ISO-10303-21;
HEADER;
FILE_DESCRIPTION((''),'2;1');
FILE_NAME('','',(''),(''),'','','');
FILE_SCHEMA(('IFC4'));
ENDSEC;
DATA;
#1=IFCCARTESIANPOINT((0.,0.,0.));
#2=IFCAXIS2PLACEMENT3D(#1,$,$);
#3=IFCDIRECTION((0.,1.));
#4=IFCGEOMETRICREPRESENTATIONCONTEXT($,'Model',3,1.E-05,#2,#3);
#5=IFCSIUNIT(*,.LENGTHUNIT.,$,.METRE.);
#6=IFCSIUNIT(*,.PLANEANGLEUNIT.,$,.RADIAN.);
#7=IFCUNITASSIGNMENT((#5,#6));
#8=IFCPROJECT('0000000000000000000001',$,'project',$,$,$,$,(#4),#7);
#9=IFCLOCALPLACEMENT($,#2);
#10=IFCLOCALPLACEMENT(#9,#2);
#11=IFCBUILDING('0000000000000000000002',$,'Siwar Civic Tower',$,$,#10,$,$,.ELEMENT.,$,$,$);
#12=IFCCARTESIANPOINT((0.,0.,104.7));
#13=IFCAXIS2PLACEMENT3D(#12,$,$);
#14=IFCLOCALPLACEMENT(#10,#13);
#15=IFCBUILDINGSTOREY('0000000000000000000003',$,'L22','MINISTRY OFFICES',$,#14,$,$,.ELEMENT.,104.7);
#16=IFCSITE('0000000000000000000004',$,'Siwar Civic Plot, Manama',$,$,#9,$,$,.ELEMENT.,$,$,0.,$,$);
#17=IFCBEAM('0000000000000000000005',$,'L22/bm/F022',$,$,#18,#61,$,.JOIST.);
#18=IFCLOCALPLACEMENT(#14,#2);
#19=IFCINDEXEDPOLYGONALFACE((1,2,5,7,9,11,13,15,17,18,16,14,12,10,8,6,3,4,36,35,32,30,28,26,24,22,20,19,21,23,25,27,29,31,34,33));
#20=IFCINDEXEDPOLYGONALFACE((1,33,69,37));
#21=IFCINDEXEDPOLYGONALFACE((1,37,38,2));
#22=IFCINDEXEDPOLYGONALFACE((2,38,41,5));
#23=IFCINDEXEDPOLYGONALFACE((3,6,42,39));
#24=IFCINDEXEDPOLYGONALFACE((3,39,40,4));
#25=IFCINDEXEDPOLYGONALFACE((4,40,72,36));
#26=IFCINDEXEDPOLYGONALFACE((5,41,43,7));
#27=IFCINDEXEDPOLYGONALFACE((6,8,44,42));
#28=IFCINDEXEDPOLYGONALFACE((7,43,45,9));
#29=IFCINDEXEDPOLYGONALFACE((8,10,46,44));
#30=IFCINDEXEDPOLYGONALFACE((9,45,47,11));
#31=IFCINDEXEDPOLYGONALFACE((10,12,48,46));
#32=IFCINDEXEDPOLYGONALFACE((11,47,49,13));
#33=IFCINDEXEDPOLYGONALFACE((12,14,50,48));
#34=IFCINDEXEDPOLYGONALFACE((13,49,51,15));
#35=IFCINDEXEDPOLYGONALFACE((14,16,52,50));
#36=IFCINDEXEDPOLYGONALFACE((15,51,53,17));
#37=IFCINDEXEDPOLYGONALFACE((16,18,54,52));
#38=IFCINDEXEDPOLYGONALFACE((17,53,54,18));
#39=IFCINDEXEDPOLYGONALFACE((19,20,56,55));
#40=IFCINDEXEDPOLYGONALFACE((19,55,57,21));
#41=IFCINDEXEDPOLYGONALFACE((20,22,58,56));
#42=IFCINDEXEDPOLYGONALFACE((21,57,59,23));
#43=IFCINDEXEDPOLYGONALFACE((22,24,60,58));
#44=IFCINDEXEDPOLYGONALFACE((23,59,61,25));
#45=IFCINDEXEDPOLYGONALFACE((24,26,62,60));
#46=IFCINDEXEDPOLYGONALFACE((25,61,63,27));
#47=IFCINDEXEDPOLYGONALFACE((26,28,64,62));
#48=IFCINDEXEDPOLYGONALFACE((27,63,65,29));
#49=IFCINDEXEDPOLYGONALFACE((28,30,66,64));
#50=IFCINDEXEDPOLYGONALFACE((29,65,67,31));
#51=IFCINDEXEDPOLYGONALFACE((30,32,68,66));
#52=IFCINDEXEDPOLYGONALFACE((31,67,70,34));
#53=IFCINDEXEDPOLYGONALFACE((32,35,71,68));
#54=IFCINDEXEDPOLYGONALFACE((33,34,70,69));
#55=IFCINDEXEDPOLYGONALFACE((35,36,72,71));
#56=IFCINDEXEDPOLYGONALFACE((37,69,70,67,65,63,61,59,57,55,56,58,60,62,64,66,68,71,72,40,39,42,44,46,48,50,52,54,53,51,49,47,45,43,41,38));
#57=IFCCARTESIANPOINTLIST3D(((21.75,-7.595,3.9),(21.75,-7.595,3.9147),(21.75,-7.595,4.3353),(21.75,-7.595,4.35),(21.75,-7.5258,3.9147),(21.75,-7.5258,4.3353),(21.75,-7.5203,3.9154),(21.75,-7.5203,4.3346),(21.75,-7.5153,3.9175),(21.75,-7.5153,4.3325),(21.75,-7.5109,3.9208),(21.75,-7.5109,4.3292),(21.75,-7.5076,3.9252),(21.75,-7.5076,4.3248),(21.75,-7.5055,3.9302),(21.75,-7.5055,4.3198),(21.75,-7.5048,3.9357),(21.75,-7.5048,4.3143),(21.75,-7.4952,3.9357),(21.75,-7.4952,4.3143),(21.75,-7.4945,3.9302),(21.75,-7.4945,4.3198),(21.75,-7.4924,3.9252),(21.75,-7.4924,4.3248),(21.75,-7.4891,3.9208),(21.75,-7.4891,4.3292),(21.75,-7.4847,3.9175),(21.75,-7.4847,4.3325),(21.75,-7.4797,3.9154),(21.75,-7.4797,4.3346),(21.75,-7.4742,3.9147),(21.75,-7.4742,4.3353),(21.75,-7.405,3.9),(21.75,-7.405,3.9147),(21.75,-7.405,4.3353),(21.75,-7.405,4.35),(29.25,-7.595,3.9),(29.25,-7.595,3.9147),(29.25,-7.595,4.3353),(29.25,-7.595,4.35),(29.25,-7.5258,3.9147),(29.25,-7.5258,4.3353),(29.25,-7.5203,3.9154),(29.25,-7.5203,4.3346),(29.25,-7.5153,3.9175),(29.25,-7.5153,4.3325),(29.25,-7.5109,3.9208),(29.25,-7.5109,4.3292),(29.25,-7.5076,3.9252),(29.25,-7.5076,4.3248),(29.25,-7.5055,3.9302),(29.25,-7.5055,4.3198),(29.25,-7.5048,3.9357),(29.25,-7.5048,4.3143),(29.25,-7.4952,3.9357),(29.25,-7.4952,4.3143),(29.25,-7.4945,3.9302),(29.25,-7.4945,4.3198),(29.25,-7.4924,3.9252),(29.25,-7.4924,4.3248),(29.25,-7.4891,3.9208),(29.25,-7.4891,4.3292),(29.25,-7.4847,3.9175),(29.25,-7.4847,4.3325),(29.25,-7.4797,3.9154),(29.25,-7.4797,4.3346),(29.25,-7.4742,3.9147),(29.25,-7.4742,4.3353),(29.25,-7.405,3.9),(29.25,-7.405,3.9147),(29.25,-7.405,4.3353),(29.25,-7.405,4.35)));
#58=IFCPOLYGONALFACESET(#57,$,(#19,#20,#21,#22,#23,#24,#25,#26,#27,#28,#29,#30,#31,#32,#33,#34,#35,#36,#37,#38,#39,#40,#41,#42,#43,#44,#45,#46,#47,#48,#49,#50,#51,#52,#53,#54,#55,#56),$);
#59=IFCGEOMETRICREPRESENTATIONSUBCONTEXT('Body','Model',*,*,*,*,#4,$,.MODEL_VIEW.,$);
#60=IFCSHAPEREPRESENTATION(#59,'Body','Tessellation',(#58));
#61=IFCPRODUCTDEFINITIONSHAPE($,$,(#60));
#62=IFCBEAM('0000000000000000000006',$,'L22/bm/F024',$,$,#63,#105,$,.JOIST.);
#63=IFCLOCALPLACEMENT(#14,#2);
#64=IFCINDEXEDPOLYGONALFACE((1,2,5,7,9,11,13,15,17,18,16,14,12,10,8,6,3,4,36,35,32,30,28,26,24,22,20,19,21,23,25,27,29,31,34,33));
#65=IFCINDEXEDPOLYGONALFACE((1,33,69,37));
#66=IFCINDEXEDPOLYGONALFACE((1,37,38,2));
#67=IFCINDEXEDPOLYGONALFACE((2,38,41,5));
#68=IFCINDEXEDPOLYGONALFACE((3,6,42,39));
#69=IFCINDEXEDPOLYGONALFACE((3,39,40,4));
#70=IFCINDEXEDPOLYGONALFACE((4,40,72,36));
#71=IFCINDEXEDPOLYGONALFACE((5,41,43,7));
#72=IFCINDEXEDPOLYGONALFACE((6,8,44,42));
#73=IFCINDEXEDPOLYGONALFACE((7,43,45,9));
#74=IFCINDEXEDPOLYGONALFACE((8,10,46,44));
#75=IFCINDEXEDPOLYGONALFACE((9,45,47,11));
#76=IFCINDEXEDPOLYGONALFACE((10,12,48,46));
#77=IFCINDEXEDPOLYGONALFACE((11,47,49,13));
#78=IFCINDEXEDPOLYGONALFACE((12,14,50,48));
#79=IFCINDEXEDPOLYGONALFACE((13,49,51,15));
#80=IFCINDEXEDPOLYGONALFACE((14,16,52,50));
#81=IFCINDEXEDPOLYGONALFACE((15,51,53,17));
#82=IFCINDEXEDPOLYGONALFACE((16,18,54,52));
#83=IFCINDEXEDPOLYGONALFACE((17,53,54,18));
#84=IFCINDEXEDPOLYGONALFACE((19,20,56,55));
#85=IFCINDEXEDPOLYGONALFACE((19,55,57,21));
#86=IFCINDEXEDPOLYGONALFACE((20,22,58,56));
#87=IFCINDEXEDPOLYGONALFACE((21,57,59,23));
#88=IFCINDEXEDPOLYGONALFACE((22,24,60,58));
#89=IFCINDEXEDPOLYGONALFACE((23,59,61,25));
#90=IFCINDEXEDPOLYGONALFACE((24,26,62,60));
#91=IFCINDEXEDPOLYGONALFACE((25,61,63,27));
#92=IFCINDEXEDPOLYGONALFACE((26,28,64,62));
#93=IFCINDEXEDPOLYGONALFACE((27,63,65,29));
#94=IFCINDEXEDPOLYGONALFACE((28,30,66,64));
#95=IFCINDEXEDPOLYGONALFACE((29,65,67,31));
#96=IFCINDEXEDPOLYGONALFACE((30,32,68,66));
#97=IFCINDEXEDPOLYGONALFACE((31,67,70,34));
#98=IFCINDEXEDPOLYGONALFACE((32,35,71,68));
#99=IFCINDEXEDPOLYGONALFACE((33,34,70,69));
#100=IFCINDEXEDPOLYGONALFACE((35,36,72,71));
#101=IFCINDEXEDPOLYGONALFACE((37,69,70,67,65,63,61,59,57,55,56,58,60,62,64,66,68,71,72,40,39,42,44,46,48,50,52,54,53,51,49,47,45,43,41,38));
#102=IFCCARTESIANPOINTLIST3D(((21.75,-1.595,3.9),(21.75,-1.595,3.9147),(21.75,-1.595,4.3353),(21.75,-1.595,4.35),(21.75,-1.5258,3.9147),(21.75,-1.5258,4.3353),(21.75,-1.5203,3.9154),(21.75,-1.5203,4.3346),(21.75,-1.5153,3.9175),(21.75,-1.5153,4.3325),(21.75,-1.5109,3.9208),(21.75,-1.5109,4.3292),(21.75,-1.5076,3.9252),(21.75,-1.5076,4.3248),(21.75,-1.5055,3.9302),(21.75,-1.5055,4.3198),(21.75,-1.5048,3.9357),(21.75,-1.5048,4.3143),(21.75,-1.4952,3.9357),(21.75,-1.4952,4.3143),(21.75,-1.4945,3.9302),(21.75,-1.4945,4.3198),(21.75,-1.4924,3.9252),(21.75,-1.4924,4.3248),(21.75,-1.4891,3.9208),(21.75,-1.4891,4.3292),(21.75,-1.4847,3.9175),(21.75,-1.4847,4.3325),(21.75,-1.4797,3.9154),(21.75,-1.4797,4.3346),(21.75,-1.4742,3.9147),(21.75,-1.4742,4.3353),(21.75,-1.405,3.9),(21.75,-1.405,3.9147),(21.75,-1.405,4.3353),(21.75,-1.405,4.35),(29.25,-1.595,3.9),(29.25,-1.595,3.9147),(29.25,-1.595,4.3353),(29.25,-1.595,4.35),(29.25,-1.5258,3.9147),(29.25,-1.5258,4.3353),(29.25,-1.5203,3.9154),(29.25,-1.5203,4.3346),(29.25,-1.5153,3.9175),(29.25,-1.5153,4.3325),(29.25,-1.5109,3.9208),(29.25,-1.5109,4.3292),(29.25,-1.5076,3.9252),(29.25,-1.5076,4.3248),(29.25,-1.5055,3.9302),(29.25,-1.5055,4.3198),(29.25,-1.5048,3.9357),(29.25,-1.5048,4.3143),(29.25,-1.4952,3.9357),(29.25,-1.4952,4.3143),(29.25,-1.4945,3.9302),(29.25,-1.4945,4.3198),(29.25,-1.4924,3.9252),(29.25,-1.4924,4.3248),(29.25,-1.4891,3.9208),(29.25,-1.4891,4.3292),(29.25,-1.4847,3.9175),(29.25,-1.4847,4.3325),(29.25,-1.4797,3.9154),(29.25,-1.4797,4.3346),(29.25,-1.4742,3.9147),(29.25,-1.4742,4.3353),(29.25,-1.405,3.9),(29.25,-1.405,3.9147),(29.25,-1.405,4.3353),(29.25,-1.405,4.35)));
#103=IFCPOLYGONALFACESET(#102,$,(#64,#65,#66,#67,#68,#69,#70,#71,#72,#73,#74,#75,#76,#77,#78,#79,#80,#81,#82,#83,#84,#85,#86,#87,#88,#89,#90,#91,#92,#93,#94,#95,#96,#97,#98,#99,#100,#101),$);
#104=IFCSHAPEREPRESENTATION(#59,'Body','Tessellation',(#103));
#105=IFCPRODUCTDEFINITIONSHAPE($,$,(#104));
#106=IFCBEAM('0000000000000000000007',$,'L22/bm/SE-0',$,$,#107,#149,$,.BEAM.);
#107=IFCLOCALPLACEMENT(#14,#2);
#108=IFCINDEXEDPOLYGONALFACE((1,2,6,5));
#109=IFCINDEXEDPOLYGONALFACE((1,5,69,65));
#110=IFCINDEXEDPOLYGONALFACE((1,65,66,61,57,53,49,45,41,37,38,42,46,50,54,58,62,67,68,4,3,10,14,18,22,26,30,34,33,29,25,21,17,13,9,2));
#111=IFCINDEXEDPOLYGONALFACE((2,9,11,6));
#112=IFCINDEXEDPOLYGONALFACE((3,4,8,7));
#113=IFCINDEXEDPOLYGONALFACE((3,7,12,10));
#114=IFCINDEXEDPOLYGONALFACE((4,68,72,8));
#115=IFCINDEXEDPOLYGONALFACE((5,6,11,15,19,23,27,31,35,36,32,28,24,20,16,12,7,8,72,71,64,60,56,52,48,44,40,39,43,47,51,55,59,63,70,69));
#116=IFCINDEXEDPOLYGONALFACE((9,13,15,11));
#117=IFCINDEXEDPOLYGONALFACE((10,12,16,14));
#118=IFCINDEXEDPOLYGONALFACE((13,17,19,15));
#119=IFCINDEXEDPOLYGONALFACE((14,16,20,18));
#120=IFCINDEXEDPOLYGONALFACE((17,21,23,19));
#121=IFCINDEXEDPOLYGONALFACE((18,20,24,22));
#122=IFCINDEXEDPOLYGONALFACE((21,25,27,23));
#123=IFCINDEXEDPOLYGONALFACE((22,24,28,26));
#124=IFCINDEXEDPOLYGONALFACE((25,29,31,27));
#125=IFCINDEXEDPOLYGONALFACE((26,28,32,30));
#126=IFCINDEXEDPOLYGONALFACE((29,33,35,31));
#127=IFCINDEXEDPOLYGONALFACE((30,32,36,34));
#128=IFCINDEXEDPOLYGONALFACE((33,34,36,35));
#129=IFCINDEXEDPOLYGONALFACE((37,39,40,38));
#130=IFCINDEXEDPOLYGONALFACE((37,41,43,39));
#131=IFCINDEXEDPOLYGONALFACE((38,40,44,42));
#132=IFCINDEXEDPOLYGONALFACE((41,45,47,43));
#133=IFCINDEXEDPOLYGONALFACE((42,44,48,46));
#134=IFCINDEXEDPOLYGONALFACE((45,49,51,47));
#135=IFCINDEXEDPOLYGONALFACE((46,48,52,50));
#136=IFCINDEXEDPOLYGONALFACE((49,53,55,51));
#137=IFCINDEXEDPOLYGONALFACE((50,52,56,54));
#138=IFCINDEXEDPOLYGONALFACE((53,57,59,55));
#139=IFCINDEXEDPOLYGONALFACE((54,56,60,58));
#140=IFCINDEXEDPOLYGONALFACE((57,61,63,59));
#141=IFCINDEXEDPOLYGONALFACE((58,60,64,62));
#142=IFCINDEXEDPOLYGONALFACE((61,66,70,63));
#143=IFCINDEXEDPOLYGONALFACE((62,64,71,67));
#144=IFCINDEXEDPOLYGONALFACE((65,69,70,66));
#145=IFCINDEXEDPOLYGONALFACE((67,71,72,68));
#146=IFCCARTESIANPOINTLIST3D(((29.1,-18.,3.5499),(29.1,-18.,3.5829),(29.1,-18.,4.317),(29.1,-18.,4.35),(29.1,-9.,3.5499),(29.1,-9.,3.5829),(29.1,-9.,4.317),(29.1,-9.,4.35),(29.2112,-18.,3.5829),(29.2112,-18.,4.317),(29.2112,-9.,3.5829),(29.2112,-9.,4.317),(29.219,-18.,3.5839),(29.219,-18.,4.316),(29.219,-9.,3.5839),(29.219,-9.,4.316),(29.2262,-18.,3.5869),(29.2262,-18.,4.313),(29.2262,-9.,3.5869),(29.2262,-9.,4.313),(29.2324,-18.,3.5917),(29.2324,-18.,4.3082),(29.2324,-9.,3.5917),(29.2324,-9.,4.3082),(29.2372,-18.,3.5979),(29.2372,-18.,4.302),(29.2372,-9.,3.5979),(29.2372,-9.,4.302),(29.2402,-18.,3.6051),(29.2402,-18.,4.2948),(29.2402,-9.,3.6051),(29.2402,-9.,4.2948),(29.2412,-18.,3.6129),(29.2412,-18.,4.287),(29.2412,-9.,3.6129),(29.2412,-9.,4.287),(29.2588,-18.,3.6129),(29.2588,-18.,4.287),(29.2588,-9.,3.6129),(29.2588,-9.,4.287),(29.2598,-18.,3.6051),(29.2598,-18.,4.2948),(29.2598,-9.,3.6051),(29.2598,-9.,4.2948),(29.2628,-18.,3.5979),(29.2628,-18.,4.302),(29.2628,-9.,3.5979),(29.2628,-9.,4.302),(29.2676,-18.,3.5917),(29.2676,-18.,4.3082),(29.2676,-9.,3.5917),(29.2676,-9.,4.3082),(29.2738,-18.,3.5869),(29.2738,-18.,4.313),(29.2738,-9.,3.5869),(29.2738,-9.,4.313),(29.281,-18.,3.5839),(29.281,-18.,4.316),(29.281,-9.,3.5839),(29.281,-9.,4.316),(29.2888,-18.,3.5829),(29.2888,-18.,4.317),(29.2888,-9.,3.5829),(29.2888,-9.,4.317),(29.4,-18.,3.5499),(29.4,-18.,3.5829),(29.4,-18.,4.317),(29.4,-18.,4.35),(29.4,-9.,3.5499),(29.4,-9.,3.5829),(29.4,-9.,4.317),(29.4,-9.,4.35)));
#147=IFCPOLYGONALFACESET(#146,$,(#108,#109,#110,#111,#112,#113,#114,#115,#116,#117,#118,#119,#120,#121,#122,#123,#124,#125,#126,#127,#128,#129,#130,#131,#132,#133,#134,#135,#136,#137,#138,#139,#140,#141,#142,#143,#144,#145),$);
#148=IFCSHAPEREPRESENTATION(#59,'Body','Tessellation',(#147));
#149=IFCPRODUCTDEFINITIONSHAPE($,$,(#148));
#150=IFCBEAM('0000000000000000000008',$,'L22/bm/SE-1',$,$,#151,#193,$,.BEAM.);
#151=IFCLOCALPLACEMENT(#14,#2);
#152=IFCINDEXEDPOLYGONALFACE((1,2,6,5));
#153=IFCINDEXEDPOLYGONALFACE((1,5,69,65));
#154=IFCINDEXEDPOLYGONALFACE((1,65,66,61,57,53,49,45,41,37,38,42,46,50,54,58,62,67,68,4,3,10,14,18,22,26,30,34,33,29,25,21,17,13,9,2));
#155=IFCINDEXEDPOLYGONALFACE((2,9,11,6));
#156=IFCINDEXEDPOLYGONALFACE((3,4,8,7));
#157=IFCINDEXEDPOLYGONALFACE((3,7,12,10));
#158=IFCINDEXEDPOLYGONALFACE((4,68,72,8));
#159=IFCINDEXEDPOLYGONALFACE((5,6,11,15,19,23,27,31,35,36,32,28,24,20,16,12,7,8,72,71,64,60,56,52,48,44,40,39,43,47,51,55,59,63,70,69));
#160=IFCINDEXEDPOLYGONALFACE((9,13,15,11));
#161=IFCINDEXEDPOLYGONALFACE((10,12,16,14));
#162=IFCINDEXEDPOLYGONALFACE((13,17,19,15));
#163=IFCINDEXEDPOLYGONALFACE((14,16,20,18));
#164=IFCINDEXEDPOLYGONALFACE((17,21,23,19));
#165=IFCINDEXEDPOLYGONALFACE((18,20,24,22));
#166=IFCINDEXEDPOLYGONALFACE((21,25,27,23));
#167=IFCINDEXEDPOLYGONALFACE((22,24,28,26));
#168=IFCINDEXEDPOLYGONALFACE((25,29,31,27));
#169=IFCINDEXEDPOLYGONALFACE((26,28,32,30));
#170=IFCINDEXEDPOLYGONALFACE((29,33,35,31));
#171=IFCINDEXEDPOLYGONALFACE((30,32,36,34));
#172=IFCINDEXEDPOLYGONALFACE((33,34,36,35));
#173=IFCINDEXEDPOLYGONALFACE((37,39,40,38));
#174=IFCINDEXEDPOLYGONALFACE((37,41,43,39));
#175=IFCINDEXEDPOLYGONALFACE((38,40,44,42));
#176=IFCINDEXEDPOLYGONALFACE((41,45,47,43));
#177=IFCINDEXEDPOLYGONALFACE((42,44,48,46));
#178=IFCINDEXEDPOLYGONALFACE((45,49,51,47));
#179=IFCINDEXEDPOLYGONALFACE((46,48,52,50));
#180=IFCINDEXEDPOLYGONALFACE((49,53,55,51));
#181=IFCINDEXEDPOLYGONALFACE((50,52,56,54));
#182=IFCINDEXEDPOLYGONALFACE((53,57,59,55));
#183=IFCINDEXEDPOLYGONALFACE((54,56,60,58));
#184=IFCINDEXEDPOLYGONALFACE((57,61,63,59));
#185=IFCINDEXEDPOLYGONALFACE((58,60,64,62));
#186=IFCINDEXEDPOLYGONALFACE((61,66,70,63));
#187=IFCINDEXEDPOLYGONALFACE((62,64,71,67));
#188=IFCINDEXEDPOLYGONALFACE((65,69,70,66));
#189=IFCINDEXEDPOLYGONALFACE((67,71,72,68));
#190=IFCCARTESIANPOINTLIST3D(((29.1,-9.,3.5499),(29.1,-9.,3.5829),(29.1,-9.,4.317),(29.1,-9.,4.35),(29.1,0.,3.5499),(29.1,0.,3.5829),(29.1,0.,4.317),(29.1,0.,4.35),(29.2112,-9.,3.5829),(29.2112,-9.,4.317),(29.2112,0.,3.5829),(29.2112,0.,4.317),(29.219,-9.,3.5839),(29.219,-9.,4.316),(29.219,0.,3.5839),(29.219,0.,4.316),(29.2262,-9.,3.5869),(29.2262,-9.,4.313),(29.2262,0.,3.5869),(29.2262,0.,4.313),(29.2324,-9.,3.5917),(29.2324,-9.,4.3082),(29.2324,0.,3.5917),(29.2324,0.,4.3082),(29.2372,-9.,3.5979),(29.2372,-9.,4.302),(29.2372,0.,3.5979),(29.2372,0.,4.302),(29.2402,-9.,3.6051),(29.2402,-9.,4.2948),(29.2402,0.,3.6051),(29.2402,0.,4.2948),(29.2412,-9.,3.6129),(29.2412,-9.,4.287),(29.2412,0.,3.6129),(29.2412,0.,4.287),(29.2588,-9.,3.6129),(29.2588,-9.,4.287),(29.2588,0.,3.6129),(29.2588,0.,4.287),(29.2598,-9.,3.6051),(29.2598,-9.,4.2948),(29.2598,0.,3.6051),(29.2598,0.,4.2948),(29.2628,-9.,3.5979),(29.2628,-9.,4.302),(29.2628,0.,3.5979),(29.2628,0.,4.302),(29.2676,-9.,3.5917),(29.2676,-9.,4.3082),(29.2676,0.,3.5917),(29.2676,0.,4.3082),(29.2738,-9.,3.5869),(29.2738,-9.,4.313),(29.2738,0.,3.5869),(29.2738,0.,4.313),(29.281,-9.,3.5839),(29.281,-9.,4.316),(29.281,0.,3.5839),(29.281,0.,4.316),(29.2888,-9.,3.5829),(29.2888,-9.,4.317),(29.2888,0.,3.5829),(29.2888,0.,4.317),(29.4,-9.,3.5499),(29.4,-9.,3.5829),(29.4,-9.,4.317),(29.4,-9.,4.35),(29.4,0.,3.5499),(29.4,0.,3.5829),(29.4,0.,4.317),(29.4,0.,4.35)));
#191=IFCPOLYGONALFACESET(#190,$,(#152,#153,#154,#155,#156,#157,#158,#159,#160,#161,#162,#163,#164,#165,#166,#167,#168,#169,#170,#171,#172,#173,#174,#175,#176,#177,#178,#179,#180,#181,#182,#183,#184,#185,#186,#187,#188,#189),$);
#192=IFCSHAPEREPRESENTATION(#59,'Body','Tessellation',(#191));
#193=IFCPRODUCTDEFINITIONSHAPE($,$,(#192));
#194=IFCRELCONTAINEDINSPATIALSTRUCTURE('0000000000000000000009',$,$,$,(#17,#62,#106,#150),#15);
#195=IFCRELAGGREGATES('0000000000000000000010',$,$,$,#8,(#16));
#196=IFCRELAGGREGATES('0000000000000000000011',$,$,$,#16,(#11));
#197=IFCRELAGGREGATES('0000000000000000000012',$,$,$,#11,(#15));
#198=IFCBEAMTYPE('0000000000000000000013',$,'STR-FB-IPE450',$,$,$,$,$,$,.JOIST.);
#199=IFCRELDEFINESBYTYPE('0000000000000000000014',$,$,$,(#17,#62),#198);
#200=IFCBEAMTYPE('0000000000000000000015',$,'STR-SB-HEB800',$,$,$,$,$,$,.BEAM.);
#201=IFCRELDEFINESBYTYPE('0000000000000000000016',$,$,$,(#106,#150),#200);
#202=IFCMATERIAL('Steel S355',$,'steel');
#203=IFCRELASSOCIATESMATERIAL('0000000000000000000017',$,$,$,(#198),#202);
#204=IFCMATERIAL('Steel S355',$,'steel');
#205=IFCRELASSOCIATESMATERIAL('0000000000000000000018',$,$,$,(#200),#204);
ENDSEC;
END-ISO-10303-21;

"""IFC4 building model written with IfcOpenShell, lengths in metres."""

from ifc_helpers import new_model, si_unit, direction, frame, origin, origin_2d, place, context, subcontext, project, spatial, i_section, extrude, material, material_profile, profile_set, type_object, element, save


model = new_model("IFC4")

# Units and contexts
model_context = context("Model", 3, precision=1e-05, world=origin(), true_north=direction((0.0, 1.0)))
body_context = subcontext(model_context, "Body", "Model", "MODEL_VIEW")
ifc_project = project(units=[si_unit("LENGTHUNIT", "METRE"), si_unit("PLANEANGLEUNIT", "RADIAN")], contexts=[model_context])

# Site, building, storey
site_placement = place(None, origin())
site = spatial("IfcSite", under=ifc_project, at=site_placement, Name="Siwar Civic Plot, Manama", CompositionType="ELEMENT", RefElevation=0.0)
building_placement = place(site_placement, origin())
building = spatial("IfcBuilding", under=site, at=building_placement, Name="Siwar Civic Tower", CompositionType="ELEMENT")
storey_placement = place(building_placement, frame((0.0, 0.0, 104.7)))
storey = spatial("IfcBuildingStorey", under=building, at=storey_placement, Name="L22", Description="MINISTRY OFFICES", CompositionType="ELEMENT", Elevation=104.7)

# Beams
ifc_material_1 = material(Name="Steel S355", Category="steel")
ifc_material_profile_1 = material_profile(ifc_material_1, i_section(OverallWidth=0.1899, OverallDepth=0.45, WebThickness=0.0095, FlangeThickness=0.0146, FilletRadius=0.021, at=origin_2d()), Name="IPE450")
ifc_profile_set_1 = profile_set([ifc_material_profile_1], Name="Steel S355")
beam_type_1 = type_object("IfcBeamType", Name="STR-FB-IPE450", PredefinedType="JOIST", material=ifc_profile_set_1)
for number, where, z_axis, x_axis, name in (
    (1, (21.75, -7.5, 4.125), (1.0, 0.0, 0.0), (0.0, 1.0, 0.0), "L22/bm/F022"),
    (2, (21.75, -1.5, 4.125), (1.0, 0.0, 0.0), (0.0, 1.0, 0.0), "L22/bm/F024"),
):
    element("IfcBeam", number, at=place(storey_placement, frame(where, z_axis=z_axis, x_axis=x_axis)), inside=storey, type_object=beam_type_1, Name=name, PredefinedType="JOIST", context=body_context, shape_type="SweptSolid", body=[
        extrude(i_section(OverallWidth=0.1899, OverallDepth=0.45, WebThickness=0.0095, FlangeThickness=0.0146, FilletRadius=0.021, at=origin_2d()), origin(), (0.0, 0.0, 1.0), 7.5),
    ])
ifc_material_2 = material(Name="Steel S355", Category="steel")
ifc_material_profile_2 = material_profile(ifc_material_2, i_section(OverallWidth=0.3, OverallDepth=0.8, WebThickness=0.0176, FlangeThickness=0.033, FilletRadius=0.03, at=origin_2d()), Name="HEB800")
ifc_profile_set_2 = profile_set([ifc_material_profile_2], Name="Steel S355")
beam_type_2 = type_object("IfcBeamType", Name="STR-SB-HEB800", PredefinedType="BEAM", material=ifc_profile_set_2)
for number, where, z_axis, x_axis, name in (
    (3, (29.25, -18.0, 3.95), (0.0, 1.0, 0.0), (-1.0, 0.0, 0.0), "L22/bm/SE-0"),
    (4, (29.25, -9.0, 3.95), (0.0, 1.0, 0.0), (-1.0, 0.0, 0.0), "L22/bm/SE-1"),
):
    element("IfcBeam", number, at=place(storey_placement, frame(where, z_axis=z_axis, x_axis=x_axis)), inside=storey, type_object=beam_type_2, Name=name, PredefinedType="BEAM", context=body_context, shape_type="SweptSolid", body=[
        extrude(i_section(OverallWidth=0.3, OverallDepth=0.8, WebThickness=0.0176, FlangeThickness=0.033, FilletRadius=0.03, at=origin_2d()), origin(), (0.0, 0.0, 1.0), 9.0),
    ])

save(model, "model.ifc")
